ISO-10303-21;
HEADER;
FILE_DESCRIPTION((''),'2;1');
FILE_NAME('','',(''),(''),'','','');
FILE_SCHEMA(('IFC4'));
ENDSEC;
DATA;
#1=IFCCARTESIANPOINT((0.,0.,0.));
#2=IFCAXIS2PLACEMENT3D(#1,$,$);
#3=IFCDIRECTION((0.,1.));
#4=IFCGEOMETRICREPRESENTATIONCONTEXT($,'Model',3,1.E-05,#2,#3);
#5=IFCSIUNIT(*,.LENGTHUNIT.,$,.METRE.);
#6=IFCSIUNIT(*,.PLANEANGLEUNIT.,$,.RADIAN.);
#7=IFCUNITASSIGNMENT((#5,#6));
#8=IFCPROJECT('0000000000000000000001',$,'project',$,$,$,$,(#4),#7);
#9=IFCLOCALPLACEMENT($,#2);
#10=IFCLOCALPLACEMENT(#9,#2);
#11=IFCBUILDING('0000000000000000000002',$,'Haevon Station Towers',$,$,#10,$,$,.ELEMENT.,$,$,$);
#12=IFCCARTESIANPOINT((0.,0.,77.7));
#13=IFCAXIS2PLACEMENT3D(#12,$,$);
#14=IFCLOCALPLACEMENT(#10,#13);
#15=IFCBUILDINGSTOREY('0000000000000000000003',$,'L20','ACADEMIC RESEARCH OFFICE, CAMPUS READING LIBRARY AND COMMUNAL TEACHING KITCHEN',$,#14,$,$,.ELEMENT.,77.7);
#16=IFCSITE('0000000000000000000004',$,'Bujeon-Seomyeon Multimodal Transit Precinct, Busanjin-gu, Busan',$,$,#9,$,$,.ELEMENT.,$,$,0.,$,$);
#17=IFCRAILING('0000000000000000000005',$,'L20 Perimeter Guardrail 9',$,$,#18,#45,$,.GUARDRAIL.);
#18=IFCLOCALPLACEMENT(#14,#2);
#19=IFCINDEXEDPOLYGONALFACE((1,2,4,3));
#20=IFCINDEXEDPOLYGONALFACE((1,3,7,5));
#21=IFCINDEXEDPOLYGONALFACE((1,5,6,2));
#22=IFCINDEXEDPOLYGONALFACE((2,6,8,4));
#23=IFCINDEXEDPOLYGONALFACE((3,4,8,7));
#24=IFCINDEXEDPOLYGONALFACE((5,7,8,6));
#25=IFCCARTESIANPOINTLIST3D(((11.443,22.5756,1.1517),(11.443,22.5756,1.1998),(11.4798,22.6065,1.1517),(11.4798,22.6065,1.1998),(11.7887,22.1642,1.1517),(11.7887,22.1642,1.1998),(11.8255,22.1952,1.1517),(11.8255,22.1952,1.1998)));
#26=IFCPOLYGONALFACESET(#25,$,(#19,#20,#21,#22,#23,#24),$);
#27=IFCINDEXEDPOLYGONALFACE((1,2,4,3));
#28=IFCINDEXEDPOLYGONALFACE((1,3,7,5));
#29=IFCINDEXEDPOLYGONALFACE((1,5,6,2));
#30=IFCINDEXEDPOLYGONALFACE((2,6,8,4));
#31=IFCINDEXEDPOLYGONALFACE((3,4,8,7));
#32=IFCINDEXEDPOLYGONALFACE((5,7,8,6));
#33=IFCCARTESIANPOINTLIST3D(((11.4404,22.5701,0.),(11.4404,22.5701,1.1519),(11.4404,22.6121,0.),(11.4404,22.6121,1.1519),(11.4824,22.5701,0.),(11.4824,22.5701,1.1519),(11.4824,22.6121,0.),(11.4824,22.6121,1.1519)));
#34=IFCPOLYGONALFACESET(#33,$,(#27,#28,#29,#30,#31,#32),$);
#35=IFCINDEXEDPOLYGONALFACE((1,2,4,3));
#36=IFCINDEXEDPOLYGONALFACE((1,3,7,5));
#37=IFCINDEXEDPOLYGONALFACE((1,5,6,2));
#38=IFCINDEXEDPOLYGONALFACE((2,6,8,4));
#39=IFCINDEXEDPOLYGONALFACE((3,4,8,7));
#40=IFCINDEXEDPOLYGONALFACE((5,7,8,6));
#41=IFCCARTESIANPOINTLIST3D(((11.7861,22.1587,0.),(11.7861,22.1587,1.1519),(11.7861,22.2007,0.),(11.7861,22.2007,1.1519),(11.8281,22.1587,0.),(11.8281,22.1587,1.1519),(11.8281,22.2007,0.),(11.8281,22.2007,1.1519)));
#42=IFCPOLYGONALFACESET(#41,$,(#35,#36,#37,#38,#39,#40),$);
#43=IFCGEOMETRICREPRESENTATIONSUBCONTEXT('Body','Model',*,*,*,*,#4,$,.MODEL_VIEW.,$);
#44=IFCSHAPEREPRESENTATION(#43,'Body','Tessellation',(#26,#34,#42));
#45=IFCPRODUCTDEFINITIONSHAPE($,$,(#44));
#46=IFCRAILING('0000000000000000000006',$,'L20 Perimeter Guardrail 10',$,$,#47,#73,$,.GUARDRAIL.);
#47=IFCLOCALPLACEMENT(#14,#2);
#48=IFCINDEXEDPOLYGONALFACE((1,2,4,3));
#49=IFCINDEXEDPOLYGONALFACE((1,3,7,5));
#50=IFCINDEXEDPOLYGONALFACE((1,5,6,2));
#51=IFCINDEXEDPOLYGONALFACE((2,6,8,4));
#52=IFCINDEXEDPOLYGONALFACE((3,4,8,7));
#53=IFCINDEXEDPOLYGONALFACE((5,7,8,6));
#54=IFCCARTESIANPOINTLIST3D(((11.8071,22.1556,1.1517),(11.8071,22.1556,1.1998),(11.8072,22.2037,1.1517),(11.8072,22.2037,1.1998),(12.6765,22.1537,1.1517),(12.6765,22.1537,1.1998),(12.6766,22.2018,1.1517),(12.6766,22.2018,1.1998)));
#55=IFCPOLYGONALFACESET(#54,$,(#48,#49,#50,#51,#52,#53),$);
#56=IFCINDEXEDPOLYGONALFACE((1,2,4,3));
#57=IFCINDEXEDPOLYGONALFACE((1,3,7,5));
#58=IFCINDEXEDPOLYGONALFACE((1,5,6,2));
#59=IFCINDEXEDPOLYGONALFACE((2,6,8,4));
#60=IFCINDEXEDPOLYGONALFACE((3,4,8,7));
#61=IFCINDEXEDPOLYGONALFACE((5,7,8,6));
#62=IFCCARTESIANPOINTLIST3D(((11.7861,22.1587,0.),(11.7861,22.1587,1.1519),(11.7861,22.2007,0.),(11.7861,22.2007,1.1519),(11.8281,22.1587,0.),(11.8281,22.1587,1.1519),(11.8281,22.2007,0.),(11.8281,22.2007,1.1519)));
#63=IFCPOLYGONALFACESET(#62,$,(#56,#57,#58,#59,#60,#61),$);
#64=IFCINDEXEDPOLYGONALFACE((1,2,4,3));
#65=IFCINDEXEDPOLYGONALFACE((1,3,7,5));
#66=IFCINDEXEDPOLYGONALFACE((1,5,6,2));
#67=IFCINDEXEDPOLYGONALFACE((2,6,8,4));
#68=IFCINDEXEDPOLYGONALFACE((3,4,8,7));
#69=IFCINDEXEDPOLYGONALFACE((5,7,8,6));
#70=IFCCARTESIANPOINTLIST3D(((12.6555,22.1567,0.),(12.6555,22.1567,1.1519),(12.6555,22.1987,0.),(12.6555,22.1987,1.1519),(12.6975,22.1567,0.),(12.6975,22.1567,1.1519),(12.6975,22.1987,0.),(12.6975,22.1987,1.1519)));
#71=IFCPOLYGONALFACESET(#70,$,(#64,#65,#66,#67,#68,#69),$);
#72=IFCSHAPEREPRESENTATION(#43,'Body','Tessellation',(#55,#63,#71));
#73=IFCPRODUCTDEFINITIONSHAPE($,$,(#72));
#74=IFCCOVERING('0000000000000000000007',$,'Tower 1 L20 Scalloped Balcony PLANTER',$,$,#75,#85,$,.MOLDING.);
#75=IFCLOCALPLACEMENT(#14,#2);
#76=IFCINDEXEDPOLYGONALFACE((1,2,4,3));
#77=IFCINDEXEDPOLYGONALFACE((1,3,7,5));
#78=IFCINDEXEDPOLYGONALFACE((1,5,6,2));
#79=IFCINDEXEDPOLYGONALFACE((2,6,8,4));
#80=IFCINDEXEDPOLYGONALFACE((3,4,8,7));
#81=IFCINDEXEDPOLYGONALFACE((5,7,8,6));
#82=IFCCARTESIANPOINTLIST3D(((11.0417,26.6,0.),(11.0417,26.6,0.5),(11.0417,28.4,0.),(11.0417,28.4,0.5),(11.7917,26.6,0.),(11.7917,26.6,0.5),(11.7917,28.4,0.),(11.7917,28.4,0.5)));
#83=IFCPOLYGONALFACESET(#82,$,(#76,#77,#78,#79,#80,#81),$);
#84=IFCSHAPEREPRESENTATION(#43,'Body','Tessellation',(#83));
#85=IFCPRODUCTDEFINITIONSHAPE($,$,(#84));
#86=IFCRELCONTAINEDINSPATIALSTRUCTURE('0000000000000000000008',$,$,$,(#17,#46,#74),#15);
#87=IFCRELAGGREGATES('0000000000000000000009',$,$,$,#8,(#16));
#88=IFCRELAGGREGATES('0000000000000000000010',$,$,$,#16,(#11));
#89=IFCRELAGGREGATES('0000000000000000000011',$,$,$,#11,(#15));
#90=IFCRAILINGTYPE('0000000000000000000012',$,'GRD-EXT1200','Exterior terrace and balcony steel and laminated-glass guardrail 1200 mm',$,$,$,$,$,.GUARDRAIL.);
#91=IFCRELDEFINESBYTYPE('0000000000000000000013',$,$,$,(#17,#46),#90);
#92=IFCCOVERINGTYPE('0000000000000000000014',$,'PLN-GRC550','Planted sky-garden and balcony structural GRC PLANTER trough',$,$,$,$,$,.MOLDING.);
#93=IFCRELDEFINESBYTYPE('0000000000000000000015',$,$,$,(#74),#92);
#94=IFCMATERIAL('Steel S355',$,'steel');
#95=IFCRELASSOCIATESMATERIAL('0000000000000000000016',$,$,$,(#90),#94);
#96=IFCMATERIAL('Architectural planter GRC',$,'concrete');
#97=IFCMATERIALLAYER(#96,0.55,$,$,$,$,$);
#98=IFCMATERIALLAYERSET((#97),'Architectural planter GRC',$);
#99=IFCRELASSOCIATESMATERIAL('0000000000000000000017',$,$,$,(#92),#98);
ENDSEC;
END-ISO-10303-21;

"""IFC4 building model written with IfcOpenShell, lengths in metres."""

from ifc_helpers import new_model, si_unit, direction, frame, origin, origin_2d, place, context, subcontext, project, spatial, rectangle, extrude, material, layer, layer_set, type_object, element, save


model = new_model("IFC4")

# Units and contexts
model_context = context("Model", 3, precision=1e-05, world=origin(), true_north=direction((0.0, 1.0)))
body_context = subcontext(model_context, "Body", "Model", "MODEL_VIEW")
ifc_project = project(units=[si_unit("LENGTHUNIT", "METRE"), si_unit("PLANEANGLEUNIT", "RADIAN")], contexts=[model_context])

# Site, building, storey
site_placement = place(None, origin())
site = spatial("IfcSite", under=ifc_project, at=site_placement, Name="Bujeon-Seomyeon Multimodal Transit Precinct, Busanjin-gu, Busan", CompositionType="ELEMENT", RefElevation=0.0)
building_placement = place(site_placement, origin())
building = spatial("IfcBuilding", under=site, at=building_placement, Name="Haevon Station Towers", CompositionType="ELEMENT")
storey_placement = place(building_placement, frame((0.0, 0.0, 77.7)))
storey = spatial("IfcBuildingStorey", under=building, at=storey_placement, Name="L20", Description="ACADEMIC RESEARCH OFFICE, CAMPUS READING LIBRARY AND COMMUNAL TEACHING KITCHEN", CompositionType="ELEMENT", Elevation=77.7)

# Shared definitions
ifc_material_1 = material(Name="Steel S355", Category="steel")

# Railings
railing_type = type_object("IfcRailingType", Name="GRD-EXT1200", Description="Exterior terrace and balcony steel and laminated-glass guardrail 1200 mm", PredefinedType="GUARDRAIL", material=ifc_material_1)
railing_1_placement = place(storey_placement, frame((11.4614, 22.5911, 0.0)))
element("IfcRailing", 1, at=railing_1_placement, inside=storey, type_object=railing_type, Name="L20 Perimeter Guardrail 9", PredefinedType="GUARDRAIL", context=body_context, shape_type="SweptSolid", body=[
    extrude(rectangle(XDim=0.0481, YDim=0.0481, at=origin_2d()), frame((0.0, 0.0, 1.1758), z_axis=(0.643352, -0.765571, 0.0), x_axis=(0.765571, 0.643352, 0.0)), (0.0, 0.0, 1.0), 0.5374),
    extrude(rectangle(XDim=0.042, YDim=0.042, at=origin_2d()), origin(), (0.0, 0.0, 1.0), 1.1519),
    extrude(rectangle(XDim=0.042, YDim=0.042, at=origin_2d()), frame((0.3457, -0.4114, 0.0)), (0.0, 0.0, 1.0), 1.1519),
])
railing_2_placement = place(storey_placement, frame((11.8071, 22.1797, 0.0)))
element("IfcRailing", 2, at=railing_2_placement, inside=storey, type_object=railing_type, Name="L20 Perimeter Guardrail 10", PredefinedType="GUARDRAIL", context=body_context, shape_type="SweptSolid", body=[
    extrude(rectangle(XDim=0.0481, YDim=0.0481, at=origin_2d()), frame((0.0, 0.0, 1.1758), z_axis=(0.999997, -0.002247, 0.0), x_axis=(0.002247, 0.999997, 0.0)), (0.0, 0.0, 1.0), 0.8694),
    extrude(rectangle(XDim=0.042, YDim=0.042, at=origin_2d()), origin(), (0.0, 0.0, 1.0), 1.1519),
    extrude(rectangle(XDim=0.042, YDim=0.042, at=origin_2d()), frame((0.8694, -0.002, 0.0)), (0.0, 0.0, 1.0), 1.1519),
])

# Covering
ifc_material_2 = material(Name="Architectural planter GRC", Category="concrete")
ifc_layer_1 = layer(ifc_material_2, 0.55)
ifc_layer_set_1 = layer_set([ifc_layer_1], Name="Architectural planter GRC")
covering_type = type_object("IfcCoveringType", Name="PLN-GRC550", Description="Planted sky-garden and balcony structural GRC PLANTER trough", PredefinedType="MOLDING", material=ifc_layer_set_1)
covering_placement = place(storey_placement, frame((11.4167, 27.5, 0.0), z_axis=(0.0, 0.0, 1.0), x_axis=(1.0, 0.0, 0.0)))
element("IfcCovering", 3, at=covering_placement, inside=storey, type_object=covering_type, Name="Tower 1 L20 Scalloped Balcony PLANTER", PredefinedType="MOLDING", context=body_context, shape_type="SweptSolid", body=[
    extrude(rectangle(XDim=0.75, YDim=1.8, at=origin_2d()), origin(), (0.0, 0.0, 1.0), 0.5),
])

save(model, "model.ifc")
